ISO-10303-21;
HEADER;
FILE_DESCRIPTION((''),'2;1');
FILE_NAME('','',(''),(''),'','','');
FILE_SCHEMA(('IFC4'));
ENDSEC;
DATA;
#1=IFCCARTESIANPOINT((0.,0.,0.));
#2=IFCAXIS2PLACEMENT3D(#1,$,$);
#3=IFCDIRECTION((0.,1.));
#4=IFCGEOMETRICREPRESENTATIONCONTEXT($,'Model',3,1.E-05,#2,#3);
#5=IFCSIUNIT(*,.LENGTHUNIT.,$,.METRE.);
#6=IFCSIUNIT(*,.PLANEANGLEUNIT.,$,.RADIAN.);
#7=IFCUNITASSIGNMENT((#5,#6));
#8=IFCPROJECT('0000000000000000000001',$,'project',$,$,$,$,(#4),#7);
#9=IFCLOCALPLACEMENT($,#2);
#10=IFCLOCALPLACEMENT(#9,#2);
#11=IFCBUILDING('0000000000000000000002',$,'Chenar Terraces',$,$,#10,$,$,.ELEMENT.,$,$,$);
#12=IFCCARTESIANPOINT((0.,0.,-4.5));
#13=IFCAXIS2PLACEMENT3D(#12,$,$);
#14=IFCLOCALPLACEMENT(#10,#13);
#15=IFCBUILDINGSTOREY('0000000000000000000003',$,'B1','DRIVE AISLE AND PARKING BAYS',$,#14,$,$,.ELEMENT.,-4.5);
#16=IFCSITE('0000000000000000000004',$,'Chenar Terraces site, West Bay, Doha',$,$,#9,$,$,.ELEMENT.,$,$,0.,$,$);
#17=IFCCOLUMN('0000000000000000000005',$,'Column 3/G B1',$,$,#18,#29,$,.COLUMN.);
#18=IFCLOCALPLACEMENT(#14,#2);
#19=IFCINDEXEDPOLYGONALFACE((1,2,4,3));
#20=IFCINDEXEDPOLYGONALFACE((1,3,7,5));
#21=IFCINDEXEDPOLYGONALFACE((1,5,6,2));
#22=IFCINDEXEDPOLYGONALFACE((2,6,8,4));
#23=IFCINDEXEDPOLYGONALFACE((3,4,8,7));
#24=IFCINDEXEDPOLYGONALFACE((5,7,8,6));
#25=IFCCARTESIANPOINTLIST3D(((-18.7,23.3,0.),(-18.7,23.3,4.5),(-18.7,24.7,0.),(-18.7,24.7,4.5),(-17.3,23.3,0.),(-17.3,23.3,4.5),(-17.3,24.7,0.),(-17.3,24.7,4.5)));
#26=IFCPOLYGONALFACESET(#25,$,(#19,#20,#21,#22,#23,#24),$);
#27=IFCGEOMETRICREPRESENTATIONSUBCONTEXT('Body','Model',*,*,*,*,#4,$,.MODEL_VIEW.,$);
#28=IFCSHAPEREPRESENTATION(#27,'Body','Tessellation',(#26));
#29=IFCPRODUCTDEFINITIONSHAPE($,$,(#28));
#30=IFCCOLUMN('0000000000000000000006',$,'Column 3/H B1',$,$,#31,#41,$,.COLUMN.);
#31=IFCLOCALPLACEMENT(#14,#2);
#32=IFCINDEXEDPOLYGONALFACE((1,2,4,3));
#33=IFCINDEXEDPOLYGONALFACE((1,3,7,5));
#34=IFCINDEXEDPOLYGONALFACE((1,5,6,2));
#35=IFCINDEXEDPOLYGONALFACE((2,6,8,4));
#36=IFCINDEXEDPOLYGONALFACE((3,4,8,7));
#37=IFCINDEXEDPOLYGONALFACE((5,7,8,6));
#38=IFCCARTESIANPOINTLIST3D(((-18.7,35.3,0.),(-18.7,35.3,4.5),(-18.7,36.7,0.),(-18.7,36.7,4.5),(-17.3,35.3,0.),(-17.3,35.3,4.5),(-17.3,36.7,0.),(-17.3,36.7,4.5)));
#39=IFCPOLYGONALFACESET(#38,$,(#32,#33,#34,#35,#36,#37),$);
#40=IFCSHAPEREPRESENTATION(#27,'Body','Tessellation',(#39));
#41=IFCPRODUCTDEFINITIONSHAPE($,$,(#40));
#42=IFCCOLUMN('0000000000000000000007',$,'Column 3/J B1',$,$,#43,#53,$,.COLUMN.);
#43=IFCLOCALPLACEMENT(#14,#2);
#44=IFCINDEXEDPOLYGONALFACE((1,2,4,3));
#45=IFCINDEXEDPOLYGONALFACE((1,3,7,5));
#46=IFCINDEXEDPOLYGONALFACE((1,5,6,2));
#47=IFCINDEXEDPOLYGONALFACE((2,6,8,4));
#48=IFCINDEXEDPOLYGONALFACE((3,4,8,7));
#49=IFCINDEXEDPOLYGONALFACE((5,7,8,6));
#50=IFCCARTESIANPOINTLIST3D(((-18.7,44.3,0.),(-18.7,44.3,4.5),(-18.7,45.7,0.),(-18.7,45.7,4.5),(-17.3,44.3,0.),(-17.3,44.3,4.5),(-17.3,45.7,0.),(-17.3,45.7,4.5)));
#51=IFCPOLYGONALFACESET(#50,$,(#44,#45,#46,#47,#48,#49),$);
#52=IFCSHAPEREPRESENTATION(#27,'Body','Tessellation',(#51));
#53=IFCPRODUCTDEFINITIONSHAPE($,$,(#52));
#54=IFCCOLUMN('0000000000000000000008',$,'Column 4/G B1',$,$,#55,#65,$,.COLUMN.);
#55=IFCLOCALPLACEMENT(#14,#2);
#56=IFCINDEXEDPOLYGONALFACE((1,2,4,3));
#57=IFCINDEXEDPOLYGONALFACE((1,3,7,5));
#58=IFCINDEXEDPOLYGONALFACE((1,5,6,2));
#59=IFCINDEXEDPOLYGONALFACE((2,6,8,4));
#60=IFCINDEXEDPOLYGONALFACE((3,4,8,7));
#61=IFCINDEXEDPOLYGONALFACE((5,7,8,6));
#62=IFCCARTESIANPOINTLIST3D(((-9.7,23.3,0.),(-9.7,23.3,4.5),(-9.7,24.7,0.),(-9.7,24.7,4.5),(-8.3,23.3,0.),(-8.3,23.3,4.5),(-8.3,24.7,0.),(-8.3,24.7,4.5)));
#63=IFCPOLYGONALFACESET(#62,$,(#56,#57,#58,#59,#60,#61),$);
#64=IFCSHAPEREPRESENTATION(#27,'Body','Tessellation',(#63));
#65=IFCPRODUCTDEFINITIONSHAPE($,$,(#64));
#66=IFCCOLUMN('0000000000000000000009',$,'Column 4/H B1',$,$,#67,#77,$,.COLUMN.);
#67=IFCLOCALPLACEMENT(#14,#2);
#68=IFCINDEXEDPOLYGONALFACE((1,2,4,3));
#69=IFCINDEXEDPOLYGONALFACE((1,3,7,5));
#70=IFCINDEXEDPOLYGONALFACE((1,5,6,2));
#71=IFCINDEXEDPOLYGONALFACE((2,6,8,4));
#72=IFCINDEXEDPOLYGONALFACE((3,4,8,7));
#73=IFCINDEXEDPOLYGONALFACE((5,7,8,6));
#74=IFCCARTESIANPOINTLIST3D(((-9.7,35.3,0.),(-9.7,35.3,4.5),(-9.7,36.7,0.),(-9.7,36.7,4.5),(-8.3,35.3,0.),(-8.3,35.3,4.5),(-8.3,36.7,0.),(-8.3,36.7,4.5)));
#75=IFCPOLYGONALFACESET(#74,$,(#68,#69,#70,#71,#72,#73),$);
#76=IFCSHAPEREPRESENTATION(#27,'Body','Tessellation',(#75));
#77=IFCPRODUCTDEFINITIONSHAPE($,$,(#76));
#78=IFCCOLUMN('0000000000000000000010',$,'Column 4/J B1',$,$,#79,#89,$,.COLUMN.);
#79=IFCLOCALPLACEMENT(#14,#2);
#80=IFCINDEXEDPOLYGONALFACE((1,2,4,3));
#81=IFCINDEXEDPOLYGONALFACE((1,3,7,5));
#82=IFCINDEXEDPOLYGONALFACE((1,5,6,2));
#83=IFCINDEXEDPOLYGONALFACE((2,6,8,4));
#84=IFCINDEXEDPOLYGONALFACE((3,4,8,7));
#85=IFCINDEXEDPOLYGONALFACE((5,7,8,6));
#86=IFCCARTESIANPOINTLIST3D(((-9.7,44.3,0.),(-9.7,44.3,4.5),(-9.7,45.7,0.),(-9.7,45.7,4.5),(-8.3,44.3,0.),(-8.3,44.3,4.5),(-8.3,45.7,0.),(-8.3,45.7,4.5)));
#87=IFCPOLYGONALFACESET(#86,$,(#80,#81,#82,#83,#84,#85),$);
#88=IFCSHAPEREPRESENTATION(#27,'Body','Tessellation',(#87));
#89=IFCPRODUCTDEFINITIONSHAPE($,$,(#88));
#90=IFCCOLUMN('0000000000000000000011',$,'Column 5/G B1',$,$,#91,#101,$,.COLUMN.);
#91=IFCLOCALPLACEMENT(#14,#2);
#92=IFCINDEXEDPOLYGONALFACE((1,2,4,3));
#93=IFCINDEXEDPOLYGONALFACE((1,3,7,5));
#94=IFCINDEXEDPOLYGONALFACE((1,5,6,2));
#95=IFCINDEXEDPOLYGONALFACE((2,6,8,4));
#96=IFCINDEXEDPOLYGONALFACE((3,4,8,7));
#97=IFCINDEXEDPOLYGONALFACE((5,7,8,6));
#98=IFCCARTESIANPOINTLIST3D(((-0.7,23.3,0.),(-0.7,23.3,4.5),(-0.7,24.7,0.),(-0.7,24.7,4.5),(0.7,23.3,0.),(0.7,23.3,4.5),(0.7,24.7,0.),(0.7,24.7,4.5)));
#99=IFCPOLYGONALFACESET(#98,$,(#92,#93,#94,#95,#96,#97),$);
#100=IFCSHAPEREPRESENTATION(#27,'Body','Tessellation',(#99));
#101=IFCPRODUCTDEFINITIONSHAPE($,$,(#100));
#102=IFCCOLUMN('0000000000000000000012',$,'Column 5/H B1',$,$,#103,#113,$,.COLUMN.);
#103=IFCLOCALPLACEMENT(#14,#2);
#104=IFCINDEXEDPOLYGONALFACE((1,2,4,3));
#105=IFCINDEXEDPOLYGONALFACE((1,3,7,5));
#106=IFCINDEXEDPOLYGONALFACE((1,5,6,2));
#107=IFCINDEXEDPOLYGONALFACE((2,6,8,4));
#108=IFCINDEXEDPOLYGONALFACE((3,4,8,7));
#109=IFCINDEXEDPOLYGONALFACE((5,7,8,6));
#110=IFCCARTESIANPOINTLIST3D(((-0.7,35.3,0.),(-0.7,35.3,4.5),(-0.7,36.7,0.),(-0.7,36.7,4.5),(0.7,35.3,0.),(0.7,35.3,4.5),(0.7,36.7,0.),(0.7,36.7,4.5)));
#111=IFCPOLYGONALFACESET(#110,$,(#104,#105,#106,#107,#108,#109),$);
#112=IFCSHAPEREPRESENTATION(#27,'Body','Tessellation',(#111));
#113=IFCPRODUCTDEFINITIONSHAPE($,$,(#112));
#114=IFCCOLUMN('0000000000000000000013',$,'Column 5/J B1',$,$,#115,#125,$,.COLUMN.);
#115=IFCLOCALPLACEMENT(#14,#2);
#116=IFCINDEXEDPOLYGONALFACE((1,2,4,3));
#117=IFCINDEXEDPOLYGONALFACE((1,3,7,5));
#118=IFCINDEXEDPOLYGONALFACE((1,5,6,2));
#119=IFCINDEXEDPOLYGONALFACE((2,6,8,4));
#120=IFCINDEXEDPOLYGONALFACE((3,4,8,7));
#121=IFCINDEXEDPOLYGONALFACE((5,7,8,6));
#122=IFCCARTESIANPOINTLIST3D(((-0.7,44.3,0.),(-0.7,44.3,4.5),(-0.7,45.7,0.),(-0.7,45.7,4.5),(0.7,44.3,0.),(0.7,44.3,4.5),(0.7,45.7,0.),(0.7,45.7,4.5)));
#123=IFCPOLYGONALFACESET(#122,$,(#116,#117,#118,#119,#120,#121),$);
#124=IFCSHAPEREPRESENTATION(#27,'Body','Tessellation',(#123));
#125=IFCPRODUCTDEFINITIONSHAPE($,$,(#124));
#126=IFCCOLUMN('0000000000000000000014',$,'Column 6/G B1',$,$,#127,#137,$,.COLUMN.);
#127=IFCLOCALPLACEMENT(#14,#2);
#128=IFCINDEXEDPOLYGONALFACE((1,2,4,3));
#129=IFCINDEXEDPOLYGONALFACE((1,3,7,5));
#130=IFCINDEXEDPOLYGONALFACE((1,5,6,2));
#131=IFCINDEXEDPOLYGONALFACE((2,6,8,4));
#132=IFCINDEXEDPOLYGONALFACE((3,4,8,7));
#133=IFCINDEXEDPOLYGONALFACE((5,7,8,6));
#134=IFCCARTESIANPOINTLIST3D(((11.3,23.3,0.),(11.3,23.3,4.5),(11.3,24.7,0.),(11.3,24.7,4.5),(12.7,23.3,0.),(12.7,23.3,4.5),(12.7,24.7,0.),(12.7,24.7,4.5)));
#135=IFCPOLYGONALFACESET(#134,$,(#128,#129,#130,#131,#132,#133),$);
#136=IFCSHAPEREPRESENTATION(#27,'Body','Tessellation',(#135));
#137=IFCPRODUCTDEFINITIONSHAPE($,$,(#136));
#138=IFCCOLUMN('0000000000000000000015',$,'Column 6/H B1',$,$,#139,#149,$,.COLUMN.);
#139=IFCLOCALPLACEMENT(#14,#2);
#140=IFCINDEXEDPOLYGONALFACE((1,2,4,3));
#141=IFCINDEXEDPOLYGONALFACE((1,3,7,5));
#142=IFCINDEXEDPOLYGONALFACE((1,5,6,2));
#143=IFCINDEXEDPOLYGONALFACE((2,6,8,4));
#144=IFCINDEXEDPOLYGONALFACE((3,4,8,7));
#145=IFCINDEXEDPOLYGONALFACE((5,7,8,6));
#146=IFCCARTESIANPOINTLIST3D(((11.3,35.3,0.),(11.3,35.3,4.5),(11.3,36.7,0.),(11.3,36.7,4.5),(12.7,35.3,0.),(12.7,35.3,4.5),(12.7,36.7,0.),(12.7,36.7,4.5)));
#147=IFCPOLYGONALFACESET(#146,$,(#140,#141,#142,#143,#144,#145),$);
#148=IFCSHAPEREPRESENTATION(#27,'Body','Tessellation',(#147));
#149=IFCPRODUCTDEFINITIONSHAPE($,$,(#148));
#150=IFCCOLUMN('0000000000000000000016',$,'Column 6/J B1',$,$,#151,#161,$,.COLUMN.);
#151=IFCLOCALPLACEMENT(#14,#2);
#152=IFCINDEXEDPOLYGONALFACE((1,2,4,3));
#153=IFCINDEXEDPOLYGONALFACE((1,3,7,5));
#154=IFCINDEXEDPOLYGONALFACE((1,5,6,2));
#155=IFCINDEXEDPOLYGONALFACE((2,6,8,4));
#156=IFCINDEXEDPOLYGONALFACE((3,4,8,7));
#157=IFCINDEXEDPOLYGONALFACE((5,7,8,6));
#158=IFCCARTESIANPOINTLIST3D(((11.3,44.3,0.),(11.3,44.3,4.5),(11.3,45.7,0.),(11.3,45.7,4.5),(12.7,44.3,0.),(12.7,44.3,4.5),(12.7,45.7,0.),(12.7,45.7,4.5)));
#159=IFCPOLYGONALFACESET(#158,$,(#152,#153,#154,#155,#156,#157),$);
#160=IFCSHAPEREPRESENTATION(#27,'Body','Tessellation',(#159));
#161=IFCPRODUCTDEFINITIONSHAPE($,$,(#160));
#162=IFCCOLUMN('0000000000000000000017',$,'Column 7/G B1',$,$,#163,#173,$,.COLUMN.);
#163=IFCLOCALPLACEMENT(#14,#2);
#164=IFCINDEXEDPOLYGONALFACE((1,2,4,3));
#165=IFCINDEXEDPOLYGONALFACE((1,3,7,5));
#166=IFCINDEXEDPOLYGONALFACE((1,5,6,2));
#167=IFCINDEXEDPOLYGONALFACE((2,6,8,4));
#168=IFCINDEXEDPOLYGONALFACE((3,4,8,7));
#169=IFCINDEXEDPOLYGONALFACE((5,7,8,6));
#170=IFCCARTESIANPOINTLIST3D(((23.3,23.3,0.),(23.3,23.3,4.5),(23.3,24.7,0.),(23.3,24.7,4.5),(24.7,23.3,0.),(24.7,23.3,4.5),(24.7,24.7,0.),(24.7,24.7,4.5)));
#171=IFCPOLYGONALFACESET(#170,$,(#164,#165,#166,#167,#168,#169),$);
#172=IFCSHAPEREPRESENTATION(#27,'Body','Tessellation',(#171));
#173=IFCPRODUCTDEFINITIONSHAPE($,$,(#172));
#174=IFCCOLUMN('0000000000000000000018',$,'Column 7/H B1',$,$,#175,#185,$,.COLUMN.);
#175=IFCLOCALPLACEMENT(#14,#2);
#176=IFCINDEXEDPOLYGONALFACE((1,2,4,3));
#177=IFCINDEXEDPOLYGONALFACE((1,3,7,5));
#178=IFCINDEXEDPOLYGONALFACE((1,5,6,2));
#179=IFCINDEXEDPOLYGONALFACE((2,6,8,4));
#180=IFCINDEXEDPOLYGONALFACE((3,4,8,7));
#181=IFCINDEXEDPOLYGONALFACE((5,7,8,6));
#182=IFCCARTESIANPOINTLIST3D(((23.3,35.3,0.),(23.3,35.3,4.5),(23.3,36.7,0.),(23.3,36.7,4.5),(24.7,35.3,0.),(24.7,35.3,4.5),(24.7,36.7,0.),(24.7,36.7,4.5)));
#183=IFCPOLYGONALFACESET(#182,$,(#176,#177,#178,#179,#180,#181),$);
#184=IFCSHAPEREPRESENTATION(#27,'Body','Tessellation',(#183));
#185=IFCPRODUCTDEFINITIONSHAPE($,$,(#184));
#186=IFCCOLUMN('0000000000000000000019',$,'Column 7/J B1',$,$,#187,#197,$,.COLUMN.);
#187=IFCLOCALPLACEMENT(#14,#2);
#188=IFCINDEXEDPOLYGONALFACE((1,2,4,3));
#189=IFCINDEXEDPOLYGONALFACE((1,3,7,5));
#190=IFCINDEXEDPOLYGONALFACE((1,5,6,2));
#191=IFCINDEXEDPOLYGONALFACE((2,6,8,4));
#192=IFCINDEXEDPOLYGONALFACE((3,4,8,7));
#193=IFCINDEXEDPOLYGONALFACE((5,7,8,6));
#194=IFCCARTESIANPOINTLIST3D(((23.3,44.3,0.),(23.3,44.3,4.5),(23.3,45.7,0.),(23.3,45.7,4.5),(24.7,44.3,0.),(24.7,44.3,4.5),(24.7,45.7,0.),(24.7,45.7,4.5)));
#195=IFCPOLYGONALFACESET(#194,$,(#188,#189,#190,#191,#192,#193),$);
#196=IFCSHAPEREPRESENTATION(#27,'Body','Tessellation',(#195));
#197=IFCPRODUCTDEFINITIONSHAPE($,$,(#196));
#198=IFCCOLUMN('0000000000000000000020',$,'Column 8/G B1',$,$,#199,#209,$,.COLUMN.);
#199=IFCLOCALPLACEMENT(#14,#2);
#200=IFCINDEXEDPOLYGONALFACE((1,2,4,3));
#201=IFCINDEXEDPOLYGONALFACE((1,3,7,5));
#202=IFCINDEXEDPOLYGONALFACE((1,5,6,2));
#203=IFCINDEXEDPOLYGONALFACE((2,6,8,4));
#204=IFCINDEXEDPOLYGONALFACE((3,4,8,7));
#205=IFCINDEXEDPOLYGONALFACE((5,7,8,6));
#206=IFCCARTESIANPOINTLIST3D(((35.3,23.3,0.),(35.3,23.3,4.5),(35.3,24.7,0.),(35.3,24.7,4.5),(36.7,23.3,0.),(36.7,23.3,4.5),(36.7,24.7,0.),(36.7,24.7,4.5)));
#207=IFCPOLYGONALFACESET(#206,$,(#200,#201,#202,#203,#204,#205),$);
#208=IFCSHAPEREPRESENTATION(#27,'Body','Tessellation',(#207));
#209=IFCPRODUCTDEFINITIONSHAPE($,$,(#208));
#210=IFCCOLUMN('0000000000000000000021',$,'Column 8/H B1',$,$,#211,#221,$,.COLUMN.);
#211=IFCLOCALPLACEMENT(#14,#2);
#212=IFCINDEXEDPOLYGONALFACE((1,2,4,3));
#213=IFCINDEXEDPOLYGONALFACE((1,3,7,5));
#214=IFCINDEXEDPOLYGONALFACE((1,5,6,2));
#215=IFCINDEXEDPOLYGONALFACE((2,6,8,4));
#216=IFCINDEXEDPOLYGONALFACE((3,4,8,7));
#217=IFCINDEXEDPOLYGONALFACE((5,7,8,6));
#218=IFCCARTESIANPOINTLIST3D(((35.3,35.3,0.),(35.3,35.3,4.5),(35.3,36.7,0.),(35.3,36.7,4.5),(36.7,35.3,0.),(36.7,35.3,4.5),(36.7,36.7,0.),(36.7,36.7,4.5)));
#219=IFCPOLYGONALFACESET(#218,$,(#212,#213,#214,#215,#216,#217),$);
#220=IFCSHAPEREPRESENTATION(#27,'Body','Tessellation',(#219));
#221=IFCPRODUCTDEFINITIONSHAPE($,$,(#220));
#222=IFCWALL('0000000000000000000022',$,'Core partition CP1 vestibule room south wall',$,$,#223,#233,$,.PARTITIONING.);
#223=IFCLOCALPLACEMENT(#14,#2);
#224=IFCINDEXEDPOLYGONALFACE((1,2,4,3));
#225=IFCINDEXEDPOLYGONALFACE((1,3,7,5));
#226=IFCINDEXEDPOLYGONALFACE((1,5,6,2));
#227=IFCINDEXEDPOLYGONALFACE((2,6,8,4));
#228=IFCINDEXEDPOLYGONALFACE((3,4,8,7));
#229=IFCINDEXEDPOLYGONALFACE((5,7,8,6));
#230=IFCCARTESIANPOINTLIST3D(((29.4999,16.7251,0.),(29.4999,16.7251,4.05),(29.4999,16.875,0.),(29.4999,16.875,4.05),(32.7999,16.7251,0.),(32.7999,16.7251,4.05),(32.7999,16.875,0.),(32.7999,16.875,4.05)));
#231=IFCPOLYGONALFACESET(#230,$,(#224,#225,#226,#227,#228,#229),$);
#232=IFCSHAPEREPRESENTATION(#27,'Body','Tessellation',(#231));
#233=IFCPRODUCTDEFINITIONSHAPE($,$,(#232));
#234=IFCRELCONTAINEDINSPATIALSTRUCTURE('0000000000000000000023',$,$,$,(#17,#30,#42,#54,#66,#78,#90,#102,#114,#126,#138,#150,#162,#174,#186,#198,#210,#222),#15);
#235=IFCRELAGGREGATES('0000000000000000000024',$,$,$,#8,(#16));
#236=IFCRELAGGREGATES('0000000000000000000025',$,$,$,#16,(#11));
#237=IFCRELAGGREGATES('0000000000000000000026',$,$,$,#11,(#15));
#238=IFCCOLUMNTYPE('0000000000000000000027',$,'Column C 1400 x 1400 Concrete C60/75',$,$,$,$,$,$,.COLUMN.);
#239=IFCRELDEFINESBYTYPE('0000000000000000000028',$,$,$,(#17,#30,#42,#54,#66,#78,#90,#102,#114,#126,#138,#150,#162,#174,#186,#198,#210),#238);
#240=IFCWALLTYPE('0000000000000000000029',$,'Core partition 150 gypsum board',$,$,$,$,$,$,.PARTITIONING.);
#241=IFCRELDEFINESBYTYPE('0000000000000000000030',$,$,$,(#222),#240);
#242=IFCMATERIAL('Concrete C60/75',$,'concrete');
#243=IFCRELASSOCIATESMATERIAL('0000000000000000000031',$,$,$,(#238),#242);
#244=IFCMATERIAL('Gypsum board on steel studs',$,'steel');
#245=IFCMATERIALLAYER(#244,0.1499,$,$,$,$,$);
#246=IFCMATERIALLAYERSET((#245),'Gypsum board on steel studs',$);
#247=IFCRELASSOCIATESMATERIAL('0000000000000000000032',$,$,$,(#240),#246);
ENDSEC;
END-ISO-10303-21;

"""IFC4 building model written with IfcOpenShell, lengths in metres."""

from ifc_helpers import new_model, si_unit, direction, frame, frame_2d, origin, origin_2d, place, context, subcontext, project, spatial, rectangle, extrude, material, layer, layer_set, material_profile, profile_set, type_object, element, save


model = new_model("IFC4")

# Units and contexts
model_context = context("Model", 3, precision=1e-05, world=origin(), true_north=direction((0.0, 1.0)))
body_context = subcontext(model_context, "Body", "Model", "MODEL_VIEW")
ifc_project = project(units=[si_unit("LENGTHUNIT", "METRE"), si_unit("PLANEANGLEUNIT", "RADIAN")], contexts=[model_context])

# Site, building, storey
site_placement = place(None, origin())
site = spatial("IfcSite", under=ifc_project, at=site_placement, Name="Chenar Terraces site, West Bay, Doha", CompositionType="ELEMENT", RefElevation=0.0)
building_placement = place(site_placement, origin())
building = spatial("IfcBuilding", under=site, at=building_placement, Name="Chenar Terraces", CompositionType="ELEMENT")
storey_placement = place(building_placement, frame((0.0, 0.0, -4.5)))
storey = spatial("IfcBuildingStorey", under=building, at=storey_placement, Name="B1", Description="DRIVE AISLE AND PARKING BAYS", CompositionType="ELEMENT", Elevation=-4.5)

# Columns
ifc_material_1 = material(Name="Concrete C60/75", Category="concrete")
ifc_material_profile = material_profile(ifc_material_1, rectangle(XDim=1.3999, YDim=1.3999, at=origin_2d()), Name="C 1400 x 1400")
ifc_profile_set = profile_set([ifc_material_profile], Name="Concrete C60/75")
column_type = type_object("IfcColumnType", Name="Column C 1400 x 1400 Concrete C60/75", PredefinedType="COLUMN", material=ifc_profile_set)
for number, where, z_axis, x_axis, name in (
    (1, (-18.0, 24.0, 0.0), (0.0, 0.0, 1.0), (1.0, 0.0, 0.0), "Column 3/G B1"),
    (2, (-18.0, 36.0, 0.0), (0.0, 0.0, 1.0), (1.0, 0.0, 0.0), "Column 3/H B1"),
    (3, (-18.0, 45.0, 0.0), (0.0, 0.0, 1.0), (1.0, 0.0, 0.0), "Column 3/J B1"),
    (4, (-9.0, 24.0, 0.0), (0.0, 0.0, 1.0), (1.0, 0.0, 0.0), "Column 4/G B1"),
    (5, (-9.0, 36.0, 0.0), (0.0, 0.0, 1.0), (1.0, 0.0, 0.0), "Column 4/H B1"),
    (6, (-9.0, 45.0, 0.0), (0.0, 0.0, 1.0), (1.0, 0.0, 0.0), "Column 4/J B1"),
    (7, (0.0, 24.0, 0.0), (0.0, 0.0, 1.0), (1.0, 0.0, 0.0), "Column 5/G B1"),
    (8, (0.0, 36.0, 0.0), (0.0, 0.0, 1.0), (1.0, 0.0, 0.0), "Column 5/H B1"),
    (9, (0.0, 45.0, 0.0), (0.0, 0.0, 1.0), (1.0, 0.0, 0.0), "Column 5/J B1"),
    (10, (12.0, 24.0, 0.0), (0.0, 0.0, 1.0), (1.0, 0.0, 0.0), "Column 6/G B1"),
    (11, (12.0, 36.0, 0.0), (0.0, 0.0, 1.0), (1.0, 0.0, 0.0), "Column 6/H B1"),
    (12, (12.0, 45.0, 0.0), (0.0, 0.0, 1.0), (1.0, 0.0, 0.0), "Column 6/J B1"),
    (13, (24.0, 24.0, 0.0), (0.0, 0.0, 1.0), (1.0, 0.0, 0.0), "Column 7/G B1"),
    (14, (24.0, 36.0, 0.0), (0.0, 0.0, 1.0), (1.0, 0.0, 0.0), "Column 7/H B1"),
    (15, (24.0, 45.0, 0.0), (0.0, 0.0, 1.0), (1.0, 0.0, 0.0), "Column 7/J B1"),
    (16, (36.0, 24.0, 0.0), (0.0, 0.0, 1.0), (1.0, 0.0, 0.0), "Column 8/G B1"),
    (17, (36.0, 36.0, 0.0), (0.0, 0.0, 1.0), (1.0, 0.0, 0.0), "Column 8/H B1"),
):
    element("IfcColumn", number, at=place(storey_placement, frame(where, z_axis=z_axis, x_axis=x_axis)), inside=storey, type_object=column_type, Name=name, PredefinedType="COLUMN", context=body_context, shape_type="SweptSolid", body=[
        extrude(rectangle(XDim=1.3999, YDim=1.3999, at=origin_2d()), origin(), (0.0, 0.0, 1.0), 4.5),
    ])

# Wall
ifc_material_2 = material(Name="Gypsum board on steel studs", Category="steel")
ifc_layer_1 = layer(ifc_material_2, 0.1499)
ifc_layer_set_1 = layer_set([ifc_layer_1], Name="Gypsum board on steel studs")
wall_type_1 = type_object("IfcWallType", Name="Core partition 150 gypsum board", PredefinedType="PARTITIONING", material=ifc_layer_set_1)
wall_1_placement = place(storey_placement, frame((29.5, 16.8, 0.0), z_axis=(0.0, 0.0, 1.0), x_axis=(1.0, 0.0, 0.0)))
element("IfcWall", 18, at=wall_1_placement, inside=storey, type_object=wall_type_1, Name="Core partition CP1 vestibule room south wall", PredefinedType="PARTITIONING", context=body_context, shape_type="SweptSolid", body=[
    extrude(rectangle(XDim=3.3, YDim=0.1499, at=frame_2d((1.6499, 0.0))), origin(), (0.0, 0.0, 1.0), 4.05),
])

save(model, "model.ifc")
